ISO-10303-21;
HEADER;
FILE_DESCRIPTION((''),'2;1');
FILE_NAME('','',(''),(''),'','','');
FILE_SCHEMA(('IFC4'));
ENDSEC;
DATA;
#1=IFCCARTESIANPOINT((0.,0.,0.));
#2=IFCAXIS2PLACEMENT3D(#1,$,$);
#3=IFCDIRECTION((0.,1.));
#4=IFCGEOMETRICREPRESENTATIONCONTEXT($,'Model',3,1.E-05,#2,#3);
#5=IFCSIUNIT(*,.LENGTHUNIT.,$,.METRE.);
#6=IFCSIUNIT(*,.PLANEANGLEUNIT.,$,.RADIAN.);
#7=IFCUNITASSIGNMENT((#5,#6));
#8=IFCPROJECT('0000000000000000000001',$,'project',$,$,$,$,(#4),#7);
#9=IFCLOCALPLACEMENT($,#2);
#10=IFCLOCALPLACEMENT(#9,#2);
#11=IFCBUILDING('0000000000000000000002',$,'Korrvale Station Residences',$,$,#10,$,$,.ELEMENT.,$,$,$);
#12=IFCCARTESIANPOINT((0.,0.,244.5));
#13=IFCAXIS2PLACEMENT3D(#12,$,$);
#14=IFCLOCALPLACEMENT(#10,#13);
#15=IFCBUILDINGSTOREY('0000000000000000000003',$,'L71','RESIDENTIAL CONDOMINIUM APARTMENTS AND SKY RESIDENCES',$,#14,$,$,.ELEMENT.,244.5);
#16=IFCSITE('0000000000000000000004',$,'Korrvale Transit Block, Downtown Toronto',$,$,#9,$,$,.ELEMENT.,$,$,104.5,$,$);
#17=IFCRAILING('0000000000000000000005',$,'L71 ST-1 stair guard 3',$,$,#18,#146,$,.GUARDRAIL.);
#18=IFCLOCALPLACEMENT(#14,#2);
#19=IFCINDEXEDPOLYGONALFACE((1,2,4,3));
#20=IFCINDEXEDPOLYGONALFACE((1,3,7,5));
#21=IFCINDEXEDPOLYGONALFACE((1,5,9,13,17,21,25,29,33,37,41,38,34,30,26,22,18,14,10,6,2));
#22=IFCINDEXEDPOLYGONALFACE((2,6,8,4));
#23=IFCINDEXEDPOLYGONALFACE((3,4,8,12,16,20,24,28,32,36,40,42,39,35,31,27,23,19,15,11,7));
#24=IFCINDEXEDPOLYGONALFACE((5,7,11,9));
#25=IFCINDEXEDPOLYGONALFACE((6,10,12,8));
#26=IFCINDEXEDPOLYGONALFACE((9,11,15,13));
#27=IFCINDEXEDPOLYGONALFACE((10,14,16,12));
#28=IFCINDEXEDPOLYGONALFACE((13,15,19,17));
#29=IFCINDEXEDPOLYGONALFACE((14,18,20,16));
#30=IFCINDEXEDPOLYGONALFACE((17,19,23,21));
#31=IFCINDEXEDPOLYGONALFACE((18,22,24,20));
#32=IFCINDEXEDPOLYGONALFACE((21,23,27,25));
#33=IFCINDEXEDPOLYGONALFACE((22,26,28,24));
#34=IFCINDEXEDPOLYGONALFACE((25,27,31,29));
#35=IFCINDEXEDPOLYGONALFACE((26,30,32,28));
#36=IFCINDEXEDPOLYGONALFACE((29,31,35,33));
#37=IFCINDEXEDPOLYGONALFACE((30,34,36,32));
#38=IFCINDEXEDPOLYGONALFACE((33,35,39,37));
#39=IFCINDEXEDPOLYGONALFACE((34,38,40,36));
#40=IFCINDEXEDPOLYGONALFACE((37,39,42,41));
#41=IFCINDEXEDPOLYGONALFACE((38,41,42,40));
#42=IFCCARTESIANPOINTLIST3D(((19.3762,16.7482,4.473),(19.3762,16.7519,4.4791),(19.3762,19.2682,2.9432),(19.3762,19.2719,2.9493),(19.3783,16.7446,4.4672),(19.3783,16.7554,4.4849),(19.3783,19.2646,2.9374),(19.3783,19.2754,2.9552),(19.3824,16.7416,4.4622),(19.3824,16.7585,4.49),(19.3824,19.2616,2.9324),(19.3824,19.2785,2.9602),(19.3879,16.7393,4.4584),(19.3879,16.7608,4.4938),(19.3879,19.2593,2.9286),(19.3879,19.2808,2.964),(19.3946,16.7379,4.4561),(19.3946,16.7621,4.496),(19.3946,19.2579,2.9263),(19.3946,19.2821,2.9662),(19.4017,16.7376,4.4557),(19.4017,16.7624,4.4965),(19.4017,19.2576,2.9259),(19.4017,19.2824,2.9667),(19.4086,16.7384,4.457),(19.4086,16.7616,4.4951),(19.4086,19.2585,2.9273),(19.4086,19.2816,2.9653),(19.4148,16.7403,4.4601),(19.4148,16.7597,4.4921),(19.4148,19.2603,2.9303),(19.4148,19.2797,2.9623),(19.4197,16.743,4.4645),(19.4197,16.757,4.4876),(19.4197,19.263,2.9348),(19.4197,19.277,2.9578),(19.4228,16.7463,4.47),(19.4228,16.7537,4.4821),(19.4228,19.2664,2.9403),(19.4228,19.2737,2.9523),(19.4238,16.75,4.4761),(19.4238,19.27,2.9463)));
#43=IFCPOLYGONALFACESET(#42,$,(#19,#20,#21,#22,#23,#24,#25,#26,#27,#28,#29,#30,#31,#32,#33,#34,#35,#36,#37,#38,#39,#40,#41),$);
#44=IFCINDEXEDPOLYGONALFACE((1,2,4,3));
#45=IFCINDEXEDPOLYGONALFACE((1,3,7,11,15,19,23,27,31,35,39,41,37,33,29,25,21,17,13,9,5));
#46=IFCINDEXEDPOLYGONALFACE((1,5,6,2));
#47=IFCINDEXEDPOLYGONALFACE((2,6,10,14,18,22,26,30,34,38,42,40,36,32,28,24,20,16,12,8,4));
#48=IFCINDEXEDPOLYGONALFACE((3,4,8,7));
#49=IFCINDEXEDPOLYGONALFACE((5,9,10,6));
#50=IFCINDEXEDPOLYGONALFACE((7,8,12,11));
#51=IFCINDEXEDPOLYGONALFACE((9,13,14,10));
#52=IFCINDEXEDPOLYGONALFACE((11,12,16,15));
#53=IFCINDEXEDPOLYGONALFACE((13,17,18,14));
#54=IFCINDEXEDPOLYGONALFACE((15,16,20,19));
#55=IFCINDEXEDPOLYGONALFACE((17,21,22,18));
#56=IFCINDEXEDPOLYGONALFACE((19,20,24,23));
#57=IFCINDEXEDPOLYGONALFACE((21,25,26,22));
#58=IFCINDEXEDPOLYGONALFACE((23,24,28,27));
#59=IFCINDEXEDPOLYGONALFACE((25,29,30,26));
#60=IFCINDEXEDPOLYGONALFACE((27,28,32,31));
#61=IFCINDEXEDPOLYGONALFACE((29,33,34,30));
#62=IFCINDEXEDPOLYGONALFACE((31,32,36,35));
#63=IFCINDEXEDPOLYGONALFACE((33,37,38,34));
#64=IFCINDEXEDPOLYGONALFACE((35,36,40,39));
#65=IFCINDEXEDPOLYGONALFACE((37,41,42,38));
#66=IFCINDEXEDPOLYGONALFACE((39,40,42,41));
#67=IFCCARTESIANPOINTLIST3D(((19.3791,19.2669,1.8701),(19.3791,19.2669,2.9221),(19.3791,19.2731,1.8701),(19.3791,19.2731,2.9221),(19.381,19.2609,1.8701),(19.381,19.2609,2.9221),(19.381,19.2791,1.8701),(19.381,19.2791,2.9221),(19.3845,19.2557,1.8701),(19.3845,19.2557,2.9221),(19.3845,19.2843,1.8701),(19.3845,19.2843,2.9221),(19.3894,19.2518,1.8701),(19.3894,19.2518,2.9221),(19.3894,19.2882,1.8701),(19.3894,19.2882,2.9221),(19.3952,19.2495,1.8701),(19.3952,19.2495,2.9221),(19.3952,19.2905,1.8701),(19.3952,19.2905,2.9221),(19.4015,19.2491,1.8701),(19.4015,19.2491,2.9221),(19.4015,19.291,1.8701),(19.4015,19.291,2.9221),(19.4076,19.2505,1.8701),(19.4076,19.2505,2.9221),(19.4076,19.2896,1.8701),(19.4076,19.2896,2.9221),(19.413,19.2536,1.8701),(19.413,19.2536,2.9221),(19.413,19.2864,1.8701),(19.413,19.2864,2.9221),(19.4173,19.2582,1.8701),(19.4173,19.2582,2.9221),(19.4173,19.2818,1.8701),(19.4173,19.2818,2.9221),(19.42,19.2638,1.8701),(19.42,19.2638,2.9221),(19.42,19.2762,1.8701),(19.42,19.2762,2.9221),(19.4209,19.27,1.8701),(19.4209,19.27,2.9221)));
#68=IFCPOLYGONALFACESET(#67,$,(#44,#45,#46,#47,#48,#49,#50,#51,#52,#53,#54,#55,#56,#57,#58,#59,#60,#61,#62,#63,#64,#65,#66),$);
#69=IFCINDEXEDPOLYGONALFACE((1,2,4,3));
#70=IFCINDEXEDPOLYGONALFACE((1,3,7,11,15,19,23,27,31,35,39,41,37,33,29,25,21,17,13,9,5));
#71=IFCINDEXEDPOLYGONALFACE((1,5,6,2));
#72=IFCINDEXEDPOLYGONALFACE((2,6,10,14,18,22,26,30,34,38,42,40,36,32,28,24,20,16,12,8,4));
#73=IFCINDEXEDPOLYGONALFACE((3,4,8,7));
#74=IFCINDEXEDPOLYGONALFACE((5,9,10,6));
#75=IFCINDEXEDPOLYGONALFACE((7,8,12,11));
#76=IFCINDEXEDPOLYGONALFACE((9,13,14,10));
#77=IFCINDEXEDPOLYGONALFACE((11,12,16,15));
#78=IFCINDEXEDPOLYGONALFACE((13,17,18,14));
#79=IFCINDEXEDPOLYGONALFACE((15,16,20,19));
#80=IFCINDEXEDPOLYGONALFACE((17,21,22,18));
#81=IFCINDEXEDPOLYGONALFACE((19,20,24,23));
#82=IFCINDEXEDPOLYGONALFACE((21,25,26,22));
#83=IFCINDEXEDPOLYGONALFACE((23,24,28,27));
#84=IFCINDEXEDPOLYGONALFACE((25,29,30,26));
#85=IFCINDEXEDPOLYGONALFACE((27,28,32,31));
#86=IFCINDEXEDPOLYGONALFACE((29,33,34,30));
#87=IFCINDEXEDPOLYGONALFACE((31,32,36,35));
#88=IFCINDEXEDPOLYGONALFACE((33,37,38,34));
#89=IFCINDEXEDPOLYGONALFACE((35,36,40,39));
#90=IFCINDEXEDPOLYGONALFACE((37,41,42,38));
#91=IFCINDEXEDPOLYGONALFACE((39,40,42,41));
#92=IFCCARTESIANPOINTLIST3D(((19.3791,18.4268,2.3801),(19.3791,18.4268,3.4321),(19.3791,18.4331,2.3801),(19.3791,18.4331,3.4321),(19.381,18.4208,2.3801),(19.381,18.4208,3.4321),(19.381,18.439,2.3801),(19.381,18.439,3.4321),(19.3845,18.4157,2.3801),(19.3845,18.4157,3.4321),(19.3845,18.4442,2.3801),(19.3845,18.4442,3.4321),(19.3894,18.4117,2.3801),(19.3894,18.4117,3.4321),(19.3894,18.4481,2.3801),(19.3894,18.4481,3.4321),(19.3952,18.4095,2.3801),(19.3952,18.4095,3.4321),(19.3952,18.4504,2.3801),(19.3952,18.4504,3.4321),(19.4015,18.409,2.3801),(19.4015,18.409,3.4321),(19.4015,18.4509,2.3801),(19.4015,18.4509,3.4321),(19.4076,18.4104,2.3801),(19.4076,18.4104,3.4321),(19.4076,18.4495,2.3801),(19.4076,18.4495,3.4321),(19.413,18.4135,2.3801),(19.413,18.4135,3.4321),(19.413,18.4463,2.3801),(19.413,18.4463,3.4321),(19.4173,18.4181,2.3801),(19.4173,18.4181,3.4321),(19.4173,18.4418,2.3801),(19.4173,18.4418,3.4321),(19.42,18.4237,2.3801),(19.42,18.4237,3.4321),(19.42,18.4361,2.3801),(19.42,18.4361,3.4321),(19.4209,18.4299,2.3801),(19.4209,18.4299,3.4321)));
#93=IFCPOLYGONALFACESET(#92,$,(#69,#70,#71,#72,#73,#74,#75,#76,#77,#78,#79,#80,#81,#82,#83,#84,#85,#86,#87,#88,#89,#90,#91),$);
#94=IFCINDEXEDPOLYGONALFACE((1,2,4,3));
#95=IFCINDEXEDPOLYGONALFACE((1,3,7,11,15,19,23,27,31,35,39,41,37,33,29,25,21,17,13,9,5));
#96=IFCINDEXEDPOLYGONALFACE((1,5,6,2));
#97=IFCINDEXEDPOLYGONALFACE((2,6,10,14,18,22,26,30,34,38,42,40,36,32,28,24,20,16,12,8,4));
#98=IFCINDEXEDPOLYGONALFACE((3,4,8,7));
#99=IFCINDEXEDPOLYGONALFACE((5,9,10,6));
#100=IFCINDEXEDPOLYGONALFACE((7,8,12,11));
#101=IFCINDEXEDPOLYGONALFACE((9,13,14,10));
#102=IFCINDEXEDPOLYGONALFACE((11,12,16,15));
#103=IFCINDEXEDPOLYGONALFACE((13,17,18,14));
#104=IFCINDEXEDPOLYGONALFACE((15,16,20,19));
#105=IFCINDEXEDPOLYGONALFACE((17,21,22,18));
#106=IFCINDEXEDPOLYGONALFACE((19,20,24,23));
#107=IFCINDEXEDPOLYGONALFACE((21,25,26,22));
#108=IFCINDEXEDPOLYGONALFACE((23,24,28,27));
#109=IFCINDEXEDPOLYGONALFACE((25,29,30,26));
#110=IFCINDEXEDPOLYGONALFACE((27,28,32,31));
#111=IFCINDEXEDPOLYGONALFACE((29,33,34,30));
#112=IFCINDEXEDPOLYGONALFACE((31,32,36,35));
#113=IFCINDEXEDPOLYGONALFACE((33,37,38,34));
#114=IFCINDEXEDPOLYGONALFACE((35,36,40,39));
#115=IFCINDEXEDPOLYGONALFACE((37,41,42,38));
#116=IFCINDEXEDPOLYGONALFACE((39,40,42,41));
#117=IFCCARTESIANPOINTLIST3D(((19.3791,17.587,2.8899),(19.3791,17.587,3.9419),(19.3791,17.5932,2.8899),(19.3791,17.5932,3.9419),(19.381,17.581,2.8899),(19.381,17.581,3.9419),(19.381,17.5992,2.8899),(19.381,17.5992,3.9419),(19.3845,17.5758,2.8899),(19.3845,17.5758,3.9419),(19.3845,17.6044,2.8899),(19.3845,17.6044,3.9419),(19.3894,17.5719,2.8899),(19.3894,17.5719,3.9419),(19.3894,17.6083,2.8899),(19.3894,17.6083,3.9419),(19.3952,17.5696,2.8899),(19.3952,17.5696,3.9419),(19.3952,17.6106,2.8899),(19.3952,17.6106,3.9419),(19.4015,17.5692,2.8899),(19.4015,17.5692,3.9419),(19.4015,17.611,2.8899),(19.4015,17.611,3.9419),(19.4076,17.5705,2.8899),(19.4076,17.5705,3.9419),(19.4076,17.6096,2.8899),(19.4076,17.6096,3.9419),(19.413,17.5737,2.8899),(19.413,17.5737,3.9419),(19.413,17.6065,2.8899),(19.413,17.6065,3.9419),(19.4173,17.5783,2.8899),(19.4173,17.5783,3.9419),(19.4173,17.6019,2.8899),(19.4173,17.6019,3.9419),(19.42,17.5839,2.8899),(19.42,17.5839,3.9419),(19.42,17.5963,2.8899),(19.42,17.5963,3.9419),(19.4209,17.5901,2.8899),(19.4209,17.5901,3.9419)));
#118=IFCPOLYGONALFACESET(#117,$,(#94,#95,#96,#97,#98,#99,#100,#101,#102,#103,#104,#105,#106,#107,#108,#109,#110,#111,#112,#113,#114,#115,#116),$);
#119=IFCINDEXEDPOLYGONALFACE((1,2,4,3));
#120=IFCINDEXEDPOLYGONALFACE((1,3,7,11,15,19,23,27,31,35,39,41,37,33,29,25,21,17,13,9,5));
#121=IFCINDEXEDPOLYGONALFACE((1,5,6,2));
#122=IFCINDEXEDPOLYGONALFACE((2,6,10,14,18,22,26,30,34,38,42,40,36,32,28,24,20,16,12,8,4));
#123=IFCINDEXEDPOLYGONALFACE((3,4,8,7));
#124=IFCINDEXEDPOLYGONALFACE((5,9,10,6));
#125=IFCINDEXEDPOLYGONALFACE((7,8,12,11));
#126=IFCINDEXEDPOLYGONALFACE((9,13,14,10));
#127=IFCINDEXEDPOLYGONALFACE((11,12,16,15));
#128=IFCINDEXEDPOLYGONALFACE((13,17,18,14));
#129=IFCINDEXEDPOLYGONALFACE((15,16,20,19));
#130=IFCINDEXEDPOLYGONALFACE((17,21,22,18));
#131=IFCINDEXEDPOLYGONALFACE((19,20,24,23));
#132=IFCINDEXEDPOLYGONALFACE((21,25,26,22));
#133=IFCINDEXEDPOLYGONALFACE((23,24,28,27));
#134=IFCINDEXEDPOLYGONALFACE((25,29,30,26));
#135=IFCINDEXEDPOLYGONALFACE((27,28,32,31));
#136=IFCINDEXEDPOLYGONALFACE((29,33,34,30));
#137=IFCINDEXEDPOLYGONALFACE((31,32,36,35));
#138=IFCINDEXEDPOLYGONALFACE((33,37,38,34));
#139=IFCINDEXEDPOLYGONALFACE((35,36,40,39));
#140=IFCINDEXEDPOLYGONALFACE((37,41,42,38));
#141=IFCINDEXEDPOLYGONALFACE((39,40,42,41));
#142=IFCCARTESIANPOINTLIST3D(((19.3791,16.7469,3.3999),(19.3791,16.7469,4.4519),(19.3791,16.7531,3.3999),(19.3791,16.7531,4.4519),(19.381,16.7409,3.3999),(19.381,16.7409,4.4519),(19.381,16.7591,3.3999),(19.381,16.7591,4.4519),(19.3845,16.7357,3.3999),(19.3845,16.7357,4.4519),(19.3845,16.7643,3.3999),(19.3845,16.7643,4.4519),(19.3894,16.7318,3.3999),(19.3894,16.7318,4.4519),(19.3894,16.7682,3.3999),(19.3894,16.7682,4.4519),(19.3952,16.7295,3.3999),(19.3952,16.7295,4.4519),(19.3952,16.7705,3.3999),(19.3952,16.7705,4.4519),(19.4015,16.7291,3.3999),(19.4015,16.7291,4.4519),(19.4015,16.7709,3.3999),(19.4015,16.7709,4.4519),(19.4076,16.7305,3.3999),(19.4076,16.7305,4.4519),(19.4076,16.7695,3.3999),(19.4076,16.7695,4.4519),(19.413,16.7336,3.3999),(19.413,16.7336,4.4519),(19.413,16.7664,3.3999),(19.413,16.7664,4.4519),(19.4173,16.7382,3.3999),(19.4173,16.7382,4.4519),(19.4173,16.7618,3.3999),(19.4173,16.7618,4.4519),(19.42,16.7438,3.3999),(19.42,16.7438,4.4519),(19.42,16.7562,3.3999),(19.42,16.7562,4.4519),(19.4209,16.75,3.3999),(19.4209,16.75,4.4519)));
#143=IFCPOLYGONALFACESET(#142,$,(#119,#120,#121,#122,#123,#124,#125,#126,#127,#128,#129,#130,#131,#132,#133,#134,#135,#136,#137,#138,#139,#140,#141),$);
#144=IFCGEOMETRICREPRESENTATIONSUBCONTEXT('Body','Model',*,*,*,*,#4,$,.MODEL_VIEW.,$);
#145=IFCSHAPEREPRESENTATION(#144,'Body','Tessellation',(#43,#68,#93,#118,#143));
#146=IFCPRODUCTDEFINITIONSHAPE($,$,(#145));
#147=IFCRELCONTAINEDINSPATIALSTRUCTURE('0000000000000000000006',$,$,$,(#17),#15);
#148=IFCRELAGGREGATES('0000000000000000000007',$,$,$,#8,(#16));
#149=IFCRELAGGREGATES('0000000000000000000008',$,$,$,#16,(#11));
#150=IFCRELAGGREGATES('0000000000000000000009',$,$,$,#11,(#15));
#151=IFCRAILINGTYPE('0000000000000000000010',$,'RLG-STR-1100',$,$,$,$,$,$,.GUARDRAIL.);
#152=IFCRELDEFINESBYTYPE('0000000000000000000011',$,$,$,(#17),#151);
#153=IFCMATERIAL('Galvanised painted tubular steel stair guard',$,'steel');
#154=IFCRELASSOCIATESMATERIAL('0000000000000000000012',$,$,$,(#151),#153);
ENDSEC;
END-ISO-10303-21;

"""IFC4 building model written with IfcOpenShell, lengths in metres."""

from ifc_helpers import new_model, si_unit, direction, frame, origin, origin_2d, place, context, subcontext, project, spatial, circle, extrude, material, type_object, element, save


model = new_model("IFC4")

# Units and contexts
model_context = context("Model", 3, precision=1e-05, world=origin(), true_north=direction((0.0, 1.0)))
body_context = subcontext(model_context, "Body", "Model", "MODEL_VIEW")
ifc_project = project(units=[si_unit("LENGTHUNIT", "METRE"), si_unit("PLANEANGLEUNIT", "RADIAN")], contexts=[model_context])

# Site, building, storey
site_placement = place(None, origin())
site = spatial("IfcSite", under=ifc_project, at=site_placement, Name="Korrvale Transit Block, Downtown Toronto", CompositionType="ELEMENT", RefElevation=104.5)
building_placement = place(site_placement, origin())
building = spatial("IfcBuilding", under=site, at=building_placement, Name="Korrvale Station Residences", CompositionType="ELEMENT")
storey_placement = place(building_placement, frame((0.0, 0.0, 244.5)))
storey = spatial("IfcBuildingStorey", under=building, at=storey_placement, Name="L71", Description="RESIDENTIAL CONDOMINIUM APARTMENTS AND SKY RESIDENCES", CompositionType="ELEMENT", Elevation=244.5)

# Railing
ifc_material_1 = material(Name="Galvanised painted tubular steel stair guard", Category="steel")
railing_type_1 = type_object("IfcRailingType", Name="RLG-STR-1100", PredefinedType="GUARDRAIL", material=ifc_material_1)
railing_1_placement = place(storey_placement, frame((19.3999, 19.27, 1.8701)))
element("IfcRailing", 1, at=railing_1_placement, inside=storey, type_object=railing_type_1, Name="L71 ST-1 stair guard 3", PredefinedType="GUARDRAIL", context=body_context, shape_type="SweptSolid", body=[
    extrude(circle(Radius=0.0239, at=origin_2d()), frame((0.0, 0.0, 1.0762), z_axis=(0.0, -0.854822, 0.518922), x_axis=(1.0, 0.0, 0.0)), (0.0, 0.0, 1.0), 2.948),
    extrude(circle(Radius=0.021, at=origin_2d()), origin(), (0.0, 0.0, 1.0), 1.052),
    extrude(circle(Radius=0.021, at=origin_2d()), frame((0.0, -0.8401, 0.51)), (0.0, 0.0, 1.0), 1.052),
    extrude(circle(Radius=0.021, at=origin_2d()), frame((0.0, -1.6799, 1.0198)), (0.0, 0.0, 1.0), 1.052),
    extrude(circle(Radius=0.021, at=origin_2d()), frame((0.0, -2.52, 1.5298)), (0.0, 0.0, 1.0), 1.052),
])

save(model, "model.ifc")
